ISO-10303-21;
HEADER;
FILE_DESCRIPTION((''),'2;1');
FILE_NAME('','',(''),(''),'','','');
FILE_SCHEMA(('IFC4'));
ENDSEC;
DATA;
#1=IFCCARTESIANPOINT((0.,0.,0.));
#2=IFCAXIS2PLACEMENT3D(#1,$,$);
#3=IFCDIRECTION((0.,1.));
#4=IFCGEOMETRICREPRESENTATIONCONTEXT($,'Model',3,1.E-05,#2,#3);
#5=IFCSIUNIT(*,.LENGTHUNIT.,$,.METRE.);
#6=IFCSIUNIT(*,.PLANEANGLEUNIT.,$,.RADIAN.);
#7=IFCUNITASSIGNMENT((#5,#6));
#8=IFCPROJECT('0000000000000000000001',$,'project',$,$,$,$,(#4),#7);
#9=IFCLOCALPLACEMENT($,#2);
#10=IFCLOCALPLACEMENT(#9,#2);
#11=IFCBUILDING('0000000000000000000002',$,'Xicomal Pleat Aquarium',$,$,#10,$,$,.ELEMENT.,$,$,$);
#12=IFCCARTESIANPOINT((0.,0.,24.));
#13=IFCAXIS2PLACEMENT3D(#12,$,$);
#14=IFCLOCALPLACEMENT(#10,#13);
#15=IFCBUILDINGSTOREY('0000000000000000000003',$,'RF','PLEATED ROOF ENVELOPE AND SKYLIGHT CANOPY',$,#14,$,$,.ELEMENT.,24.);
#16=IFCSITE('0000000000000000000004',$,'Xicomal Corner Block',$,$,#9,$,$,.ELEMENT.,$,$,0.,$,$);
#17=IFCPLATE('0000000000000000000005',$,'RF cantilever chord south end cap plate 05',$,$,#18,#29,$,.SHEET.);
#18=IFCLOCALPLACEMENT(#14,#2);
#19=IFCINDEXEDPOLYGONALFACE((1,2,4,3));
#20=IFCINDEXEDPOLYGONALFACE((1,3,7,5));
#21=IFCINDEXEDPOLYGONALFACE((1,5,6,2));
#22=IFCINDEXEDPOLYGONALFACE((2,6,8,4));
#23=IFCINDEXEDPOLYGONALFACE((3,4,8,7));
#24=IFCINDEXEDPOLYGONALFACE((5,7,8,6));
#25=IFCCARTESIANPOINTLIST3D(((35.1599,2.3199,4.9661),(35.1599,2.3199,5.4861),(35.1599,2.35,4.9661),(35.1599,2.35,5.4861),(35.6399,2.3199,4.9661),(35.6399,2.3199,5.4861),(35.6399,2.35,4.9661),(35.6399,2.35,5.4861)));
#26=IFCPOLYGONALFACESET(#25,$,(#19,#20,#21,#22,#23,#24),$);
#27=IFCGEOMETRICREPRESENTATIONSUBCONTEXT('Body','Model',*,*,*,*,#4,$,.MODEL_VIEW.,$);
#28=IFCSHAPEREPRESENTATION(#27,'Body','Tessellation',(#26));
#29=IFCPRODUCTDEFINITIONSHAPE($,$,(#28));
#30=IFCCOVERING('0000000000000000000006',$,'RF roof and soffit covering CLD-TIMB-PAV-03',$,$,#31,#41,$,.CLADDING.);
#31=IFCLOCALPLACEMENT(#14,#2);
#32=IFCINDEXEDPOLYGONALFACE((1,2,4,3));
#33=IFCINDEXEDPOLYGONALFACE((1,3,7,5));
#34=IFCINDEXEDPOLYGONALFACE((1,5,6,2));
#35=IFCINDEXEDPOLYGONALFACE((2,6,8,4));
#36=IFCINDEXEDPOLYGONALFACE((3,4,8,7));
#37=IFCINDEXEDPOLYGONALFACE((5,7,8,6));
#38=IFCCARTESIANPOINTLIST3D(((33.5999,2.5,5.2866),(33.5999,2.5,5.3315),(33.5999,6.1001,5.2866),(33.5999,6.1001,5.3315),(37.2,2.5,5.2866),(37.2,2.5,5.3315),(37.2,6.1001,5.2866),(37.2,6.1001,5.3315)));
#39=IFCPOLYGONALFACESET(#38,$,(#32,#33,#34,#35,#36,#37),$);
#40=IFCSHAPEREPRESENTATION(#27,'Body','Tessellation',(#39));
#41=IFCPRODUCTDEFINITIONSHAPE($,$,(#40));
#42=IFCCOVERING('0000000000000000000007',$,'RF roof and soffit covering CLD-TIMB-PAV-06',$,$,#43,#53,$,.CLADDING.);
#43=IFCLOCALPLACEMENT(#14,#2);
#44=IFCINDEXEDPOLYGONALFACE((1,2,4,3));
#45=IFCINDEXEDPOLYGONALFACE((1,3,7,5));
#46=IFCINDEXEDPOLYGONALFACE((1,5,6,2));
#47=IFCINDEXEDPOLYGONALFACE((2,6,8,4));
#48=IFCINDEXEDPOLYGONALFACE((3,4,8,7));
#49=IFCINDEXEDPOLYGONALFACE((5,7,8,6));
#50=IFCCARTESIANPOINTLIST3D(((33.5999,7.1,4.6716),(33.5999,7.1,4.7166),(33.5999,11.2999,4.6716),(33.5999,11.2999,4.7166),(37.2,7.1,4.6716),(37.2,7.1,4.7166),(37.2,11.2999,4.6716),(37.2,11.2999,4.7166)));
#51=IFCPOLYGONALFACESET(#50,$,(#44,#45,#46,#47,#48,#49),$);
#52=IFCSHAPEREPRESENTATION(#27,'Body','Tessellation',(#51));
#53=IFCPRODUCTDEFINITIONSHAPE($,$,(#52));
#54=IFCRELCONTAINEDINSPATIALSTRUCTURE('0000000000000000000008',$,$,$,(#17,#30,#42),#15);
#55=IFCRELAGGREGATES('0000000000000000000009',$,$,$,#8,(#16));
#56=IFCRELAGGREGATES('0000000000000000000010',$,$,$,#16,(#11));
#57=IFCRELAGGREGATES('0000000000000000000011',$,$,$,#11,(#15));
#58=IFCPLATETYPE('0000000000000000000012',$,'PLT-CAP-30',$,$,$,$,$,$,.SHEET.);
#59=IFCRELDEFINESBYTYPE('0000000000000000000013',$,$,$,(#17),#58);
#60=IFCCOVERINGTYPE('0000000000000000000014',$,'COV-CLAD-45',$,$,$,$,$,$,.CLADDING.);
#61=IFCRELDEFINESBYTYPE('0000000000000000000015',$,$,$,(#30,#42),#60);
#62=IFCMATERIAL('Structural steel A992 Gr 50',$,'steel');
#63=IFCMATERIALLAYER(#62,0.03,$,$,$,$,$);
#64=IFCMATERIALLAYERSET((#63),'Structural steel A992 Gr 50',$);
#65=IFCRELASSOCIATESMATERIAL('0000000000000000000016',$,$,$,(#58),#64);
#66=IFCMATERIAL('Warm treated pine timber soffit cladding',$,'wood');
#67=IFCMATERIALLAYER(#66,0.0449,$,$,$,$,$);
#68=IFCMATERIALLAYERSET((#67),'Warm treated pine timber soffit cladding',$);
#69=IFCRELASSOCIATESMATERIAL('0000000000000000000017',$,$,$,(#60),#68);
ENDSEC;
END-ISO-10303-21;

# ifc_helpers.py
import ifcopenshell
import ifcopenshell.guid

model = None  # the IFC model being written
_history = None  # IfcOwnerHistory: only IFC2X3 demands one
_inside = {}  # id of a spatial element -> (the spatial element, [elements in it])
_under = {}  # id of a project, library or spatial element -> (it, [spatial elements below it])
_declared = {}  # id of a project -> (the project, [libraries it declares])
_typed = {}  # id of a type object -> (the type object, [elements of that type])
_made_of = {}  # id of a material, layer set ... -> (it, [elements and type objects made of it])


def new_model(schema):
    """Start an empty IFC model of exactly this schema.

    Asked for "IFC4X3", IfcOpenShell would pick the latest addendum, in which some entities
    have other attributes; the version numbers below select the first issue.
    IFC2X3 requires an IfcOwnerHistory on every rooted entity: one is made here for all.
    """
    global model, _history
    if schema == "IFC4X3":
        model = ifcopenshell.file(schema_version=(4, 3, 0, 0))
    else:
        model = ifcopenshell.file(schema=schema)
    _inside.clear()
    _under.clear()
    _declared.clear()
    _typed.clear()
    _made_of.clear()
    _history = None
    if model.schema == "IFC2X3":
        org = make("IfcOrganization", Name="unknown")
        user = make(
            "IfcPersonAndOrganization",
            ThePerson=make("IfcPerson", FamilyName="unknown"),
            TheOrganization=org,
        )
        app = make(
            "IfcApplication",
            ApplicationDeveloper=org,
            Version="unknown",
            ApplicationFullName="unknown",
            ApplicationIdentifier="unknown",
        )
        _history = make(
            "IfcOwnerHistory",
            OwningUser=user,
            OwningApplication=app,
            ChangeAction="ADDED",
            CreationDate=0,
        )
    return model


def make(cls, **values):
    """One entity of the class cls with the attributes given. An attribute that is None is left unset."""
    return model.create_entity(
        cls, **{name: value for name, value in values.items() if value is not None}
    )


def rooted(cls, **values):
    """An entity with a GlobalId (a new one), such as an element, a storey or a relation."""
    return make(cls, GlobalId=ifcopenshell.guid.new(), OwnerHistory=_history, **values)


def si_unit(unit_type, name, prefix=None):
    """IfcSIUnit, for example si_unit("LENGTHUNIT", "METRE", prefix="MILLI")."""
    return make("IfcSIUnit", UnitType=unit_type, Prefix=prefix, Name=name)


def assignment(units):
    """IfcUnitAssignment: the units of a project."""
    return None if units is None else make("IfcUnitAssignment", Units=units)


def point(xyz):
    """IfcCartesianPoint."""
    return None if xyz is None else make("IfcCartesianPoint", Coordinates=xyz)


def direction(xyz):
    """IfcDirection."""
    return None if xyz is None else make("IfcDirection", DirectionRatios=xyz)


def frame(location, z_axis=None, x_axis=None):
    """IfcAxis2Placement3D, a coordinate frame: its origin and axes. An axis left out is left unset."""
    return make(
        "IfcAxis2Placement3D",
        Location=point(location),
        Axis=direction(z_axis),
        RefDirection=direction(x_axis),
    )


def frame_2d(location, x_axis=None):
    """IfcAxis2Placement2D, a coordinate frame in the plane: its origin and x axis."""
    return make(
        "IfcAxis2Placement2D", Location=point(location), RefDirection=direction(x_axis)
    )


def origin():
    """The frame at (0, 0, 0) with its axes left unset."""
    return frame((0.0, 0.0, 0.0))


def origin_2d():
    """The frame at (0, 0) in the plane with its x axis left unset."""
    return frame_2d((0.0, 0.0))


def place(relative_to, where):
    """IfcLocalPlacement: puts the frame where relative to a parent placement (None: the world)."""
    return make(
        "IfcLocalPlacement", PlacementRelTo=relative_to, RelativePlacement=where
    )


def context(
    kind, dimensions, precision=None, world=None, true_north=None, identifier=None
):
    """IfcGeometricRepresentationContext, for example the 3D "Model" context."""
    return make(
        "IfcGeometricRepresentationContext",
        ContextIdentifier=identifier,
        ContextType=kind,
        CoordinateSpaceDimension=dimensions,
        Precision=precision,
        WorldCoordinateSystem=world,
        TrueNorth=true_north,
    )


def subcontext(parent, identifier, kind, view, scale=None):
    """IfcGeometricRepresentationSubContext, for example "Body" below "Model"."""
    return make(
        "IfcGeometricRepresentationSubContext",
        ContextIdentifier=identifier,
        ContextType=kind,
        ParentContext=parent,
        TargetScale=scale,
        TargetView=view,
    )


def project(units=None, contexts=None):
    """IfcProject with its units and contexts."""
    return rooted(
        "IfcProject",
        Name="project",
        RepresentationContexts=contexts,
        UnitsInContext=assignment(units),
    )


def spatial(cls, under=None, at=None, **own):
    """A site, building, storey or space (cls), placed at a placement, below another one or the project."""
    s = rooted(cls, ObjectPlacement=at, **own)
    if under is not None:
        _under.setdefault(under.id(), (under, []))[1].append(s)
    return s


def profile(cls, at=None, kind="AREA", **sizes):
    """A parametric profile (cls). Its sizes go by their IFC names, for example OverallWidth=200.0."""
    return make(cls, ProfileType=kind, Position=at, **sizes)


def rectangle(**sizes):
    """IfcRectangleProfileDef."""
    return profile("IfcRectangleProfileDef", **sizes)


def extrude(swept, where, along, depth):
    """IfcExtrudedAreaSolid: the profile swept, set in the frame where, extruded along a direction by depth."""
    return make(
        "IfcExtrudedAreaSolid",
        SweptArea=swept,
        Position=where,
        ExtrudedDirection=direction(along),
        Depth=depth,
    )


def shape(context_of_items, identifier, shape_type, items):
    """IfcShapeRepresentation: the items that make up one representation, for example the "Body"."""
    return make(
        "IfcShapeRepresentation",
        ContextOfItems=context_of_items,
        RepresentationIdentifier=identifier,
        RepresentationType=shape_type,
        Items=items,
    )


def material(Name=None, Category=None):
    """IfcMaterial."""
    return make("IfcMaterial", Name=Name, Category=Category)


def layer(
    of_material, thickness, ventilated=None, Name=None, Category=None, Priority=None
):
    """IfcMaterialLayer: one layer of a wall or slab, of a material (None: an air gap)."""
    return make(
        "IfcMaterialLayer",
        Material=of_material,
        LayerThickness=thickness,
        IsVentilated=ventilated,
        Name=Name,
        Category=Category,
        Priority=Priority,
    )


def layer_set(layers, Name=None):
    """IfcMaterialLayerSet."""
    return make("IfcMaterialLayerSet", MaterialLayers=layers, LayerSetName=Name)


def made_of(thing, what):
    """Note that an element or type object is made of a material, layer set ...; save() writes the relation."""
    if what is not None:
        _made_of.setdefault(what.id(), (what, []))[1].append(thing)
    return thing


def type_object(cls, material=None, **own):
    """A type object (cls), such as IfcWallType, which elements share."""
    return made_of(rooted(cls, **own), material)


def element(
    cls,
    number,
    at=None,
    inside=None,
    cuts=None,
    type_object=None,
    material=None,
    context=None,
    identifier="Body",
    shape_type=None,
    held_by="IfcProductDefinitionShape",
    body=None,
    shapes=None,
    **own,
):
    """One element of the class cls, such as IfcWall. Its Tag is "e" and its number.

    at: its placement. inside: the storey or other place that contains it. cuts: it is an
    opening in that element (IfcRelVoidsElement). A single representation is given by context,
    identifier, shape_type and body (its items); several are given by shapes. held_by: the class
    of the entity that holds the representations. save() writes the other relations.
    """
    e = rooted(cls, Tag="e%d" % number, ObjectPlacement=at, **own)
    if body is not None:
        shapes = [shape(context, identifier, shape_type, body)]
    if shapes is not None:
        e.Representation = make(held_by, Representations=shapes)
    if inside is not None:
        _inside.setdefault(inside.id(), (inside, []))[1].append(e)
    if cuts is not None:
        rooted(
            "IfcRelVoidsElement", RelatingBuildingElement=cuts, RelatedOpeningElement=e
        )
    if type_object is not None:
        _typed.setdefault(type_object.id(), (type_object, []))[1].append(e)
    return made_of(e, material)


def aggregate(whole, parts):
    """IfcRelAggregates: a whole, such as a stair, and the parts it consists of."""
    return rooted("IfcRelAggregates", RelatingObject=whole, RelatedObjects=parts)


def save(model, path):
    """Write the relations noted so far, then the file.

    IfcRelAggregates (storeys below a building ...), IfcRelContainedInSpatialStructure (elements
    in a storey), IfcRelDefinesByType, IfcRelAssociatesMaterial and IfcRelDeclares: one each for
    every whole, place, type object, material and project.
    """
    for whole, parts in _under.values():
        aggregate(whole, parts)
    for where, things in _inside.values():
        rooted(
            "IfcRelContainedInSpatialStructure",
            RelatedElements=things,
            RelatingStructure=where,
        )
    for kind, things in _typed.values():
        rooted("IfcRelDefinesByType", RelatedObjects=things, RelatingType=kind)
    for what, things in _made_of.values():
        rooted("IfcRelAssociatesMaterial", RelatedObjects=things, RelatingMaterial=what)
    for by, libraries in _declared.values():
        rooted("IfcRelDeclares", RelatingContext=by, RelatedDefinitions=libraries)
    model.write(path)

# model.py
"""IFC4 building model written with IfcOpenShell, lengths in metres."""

from ifc_helpers import new_model, si_unit, direction, frame, origin, origin_2d, place, context, subcontext, project, spatial, rectangle, extrude, material, layer, layer_set, type_object, element, save


model = new_model("IFC4")

# Units and contexts
model_context = context("Model", 3, precision=1e-05, world=origin(), true_north=direction((0.0, 1.0)))
body_context = subcontext(model_context, "Body", "Model", "MODEL_VIEW")
ifc_project = project(units=[si_unit("LENGTHUNIT", "METRE"), si_unit("PLANEANGLEUNIT", "RADIAN")], contexts=[model_context])

# Site, building, storey
site_placement = place(None, origin())
site = spatial("IfcSite", under=ifc_project, at=site_placement, Name="Xicomal Corner Block", CompositionType="ELEMENT", RefElevation=0.0)
building_placement = place(site_placement, origin())
building = spatial("IfcBuilding", under=site, at=building_placement, Name="Xicomal Pleat Aquarium", CompositionType="ELEMENT")
storey_placement = place(building_placement, frame((0.0, 0.0, 24.0)))
storey = spatial("IfcBuildingStorey", under=building, at=storey_placement, Name="RF", Description="PLEATED ROOF ENVELOPE AND SKYLIGHT CANOPY", CompositionType="ELEMENT", Elevation=24.0)

# Plate
ifc_material_1 = material(Name="Structural steel A992 Gr 50", Category="steel")
ifc_layer_1 = layer(ifc_material_1, 0.03)
ifc_layer_set_1 = layer_set([ifc_layer_1], Name="Structural steel A992 Gr 50")
plate_type_1 = type_object("IfcPlateType", Name="PLT-CAP-30", PredefinedType="SHEET", material=ifc_layer_set_1)
plate_1_placement = place(storey_placement, frame((35.3999, 2.335, 4.9661), z_axis=(0.0, 0.0, 1.0), x_axis=(1.0, 0.0, 0.0)))
element("IfcPlate", 1, at=plate_1_placement, inside=storey, type_object=plate_type_1, Name="RF cantilever chord south end cap plate 05", PredefinedType="SHEET", context=body_context, shape_type="SweptSolid", body=[
    extrude(rectangle(XDim=0.48, YDim=0.03, at=origin_2d()), origin(), (0.0, 0.0, 1.0), 0.52),
])

# Coverings
ifc_material_2 = material(Name="Warm treated pine timber soffit cladding", Category="wood")
ifc_layer_2 = layer(ifc_material_2, 0.0449)
ifc_layer_set_2 = layer_set([ifc_layer_2], Name="Warm treated pine timber soffit cladding")
covering_type = type_object("IfcCoveringType", Name="COV-CLAD-45", PredefinedType="CLADDING", material=ifc_layer_set_2)
covering_1_placement = place(storey_placement, frame((35.3999, 4.3, 5.2866), z_axis=(0.0, 0.0, 1.0), x_axis=(1.0, 0.0, 0.0)))
element("IfcCovering", 2, at=covering_1_placement, inside=storey, type_object=covering_type, Name="RF roof and soffit covering CLD-TIMB-PAV-03", PredefinedType="CLADDING", context=body_context, shape_type="SweptSolid", body=[
    extrude(rectangle(XDim=3.6001, YDim=3.6001, at=origin_2d()), origin(), (0.0, 0.0, 1.0), 0.0449),
])
covering_2_placement = place(storey_placement, frame((35.3999, 9.2, 4.6716), z_axis=(0.0, 0.0, 1.0), x_axis=(1.0, 0.0, 0.0)))
element("IfcCovering", 3, at=covering_2_placement, inside=storey, type_object=covering_type, Name="RF roof and soffit covering CLD-TIMB-PAV-06", PredefinedType="CLADDING", context=body_context, shape_type="SweptSolid", body=[
    extrude(rectangle(XDim=3.6001, YDim=4.2, at=origin_2d()), origin(), (0.0, 0.0, 1.0), 0.0449),
])

save(model, "model.ifc")
